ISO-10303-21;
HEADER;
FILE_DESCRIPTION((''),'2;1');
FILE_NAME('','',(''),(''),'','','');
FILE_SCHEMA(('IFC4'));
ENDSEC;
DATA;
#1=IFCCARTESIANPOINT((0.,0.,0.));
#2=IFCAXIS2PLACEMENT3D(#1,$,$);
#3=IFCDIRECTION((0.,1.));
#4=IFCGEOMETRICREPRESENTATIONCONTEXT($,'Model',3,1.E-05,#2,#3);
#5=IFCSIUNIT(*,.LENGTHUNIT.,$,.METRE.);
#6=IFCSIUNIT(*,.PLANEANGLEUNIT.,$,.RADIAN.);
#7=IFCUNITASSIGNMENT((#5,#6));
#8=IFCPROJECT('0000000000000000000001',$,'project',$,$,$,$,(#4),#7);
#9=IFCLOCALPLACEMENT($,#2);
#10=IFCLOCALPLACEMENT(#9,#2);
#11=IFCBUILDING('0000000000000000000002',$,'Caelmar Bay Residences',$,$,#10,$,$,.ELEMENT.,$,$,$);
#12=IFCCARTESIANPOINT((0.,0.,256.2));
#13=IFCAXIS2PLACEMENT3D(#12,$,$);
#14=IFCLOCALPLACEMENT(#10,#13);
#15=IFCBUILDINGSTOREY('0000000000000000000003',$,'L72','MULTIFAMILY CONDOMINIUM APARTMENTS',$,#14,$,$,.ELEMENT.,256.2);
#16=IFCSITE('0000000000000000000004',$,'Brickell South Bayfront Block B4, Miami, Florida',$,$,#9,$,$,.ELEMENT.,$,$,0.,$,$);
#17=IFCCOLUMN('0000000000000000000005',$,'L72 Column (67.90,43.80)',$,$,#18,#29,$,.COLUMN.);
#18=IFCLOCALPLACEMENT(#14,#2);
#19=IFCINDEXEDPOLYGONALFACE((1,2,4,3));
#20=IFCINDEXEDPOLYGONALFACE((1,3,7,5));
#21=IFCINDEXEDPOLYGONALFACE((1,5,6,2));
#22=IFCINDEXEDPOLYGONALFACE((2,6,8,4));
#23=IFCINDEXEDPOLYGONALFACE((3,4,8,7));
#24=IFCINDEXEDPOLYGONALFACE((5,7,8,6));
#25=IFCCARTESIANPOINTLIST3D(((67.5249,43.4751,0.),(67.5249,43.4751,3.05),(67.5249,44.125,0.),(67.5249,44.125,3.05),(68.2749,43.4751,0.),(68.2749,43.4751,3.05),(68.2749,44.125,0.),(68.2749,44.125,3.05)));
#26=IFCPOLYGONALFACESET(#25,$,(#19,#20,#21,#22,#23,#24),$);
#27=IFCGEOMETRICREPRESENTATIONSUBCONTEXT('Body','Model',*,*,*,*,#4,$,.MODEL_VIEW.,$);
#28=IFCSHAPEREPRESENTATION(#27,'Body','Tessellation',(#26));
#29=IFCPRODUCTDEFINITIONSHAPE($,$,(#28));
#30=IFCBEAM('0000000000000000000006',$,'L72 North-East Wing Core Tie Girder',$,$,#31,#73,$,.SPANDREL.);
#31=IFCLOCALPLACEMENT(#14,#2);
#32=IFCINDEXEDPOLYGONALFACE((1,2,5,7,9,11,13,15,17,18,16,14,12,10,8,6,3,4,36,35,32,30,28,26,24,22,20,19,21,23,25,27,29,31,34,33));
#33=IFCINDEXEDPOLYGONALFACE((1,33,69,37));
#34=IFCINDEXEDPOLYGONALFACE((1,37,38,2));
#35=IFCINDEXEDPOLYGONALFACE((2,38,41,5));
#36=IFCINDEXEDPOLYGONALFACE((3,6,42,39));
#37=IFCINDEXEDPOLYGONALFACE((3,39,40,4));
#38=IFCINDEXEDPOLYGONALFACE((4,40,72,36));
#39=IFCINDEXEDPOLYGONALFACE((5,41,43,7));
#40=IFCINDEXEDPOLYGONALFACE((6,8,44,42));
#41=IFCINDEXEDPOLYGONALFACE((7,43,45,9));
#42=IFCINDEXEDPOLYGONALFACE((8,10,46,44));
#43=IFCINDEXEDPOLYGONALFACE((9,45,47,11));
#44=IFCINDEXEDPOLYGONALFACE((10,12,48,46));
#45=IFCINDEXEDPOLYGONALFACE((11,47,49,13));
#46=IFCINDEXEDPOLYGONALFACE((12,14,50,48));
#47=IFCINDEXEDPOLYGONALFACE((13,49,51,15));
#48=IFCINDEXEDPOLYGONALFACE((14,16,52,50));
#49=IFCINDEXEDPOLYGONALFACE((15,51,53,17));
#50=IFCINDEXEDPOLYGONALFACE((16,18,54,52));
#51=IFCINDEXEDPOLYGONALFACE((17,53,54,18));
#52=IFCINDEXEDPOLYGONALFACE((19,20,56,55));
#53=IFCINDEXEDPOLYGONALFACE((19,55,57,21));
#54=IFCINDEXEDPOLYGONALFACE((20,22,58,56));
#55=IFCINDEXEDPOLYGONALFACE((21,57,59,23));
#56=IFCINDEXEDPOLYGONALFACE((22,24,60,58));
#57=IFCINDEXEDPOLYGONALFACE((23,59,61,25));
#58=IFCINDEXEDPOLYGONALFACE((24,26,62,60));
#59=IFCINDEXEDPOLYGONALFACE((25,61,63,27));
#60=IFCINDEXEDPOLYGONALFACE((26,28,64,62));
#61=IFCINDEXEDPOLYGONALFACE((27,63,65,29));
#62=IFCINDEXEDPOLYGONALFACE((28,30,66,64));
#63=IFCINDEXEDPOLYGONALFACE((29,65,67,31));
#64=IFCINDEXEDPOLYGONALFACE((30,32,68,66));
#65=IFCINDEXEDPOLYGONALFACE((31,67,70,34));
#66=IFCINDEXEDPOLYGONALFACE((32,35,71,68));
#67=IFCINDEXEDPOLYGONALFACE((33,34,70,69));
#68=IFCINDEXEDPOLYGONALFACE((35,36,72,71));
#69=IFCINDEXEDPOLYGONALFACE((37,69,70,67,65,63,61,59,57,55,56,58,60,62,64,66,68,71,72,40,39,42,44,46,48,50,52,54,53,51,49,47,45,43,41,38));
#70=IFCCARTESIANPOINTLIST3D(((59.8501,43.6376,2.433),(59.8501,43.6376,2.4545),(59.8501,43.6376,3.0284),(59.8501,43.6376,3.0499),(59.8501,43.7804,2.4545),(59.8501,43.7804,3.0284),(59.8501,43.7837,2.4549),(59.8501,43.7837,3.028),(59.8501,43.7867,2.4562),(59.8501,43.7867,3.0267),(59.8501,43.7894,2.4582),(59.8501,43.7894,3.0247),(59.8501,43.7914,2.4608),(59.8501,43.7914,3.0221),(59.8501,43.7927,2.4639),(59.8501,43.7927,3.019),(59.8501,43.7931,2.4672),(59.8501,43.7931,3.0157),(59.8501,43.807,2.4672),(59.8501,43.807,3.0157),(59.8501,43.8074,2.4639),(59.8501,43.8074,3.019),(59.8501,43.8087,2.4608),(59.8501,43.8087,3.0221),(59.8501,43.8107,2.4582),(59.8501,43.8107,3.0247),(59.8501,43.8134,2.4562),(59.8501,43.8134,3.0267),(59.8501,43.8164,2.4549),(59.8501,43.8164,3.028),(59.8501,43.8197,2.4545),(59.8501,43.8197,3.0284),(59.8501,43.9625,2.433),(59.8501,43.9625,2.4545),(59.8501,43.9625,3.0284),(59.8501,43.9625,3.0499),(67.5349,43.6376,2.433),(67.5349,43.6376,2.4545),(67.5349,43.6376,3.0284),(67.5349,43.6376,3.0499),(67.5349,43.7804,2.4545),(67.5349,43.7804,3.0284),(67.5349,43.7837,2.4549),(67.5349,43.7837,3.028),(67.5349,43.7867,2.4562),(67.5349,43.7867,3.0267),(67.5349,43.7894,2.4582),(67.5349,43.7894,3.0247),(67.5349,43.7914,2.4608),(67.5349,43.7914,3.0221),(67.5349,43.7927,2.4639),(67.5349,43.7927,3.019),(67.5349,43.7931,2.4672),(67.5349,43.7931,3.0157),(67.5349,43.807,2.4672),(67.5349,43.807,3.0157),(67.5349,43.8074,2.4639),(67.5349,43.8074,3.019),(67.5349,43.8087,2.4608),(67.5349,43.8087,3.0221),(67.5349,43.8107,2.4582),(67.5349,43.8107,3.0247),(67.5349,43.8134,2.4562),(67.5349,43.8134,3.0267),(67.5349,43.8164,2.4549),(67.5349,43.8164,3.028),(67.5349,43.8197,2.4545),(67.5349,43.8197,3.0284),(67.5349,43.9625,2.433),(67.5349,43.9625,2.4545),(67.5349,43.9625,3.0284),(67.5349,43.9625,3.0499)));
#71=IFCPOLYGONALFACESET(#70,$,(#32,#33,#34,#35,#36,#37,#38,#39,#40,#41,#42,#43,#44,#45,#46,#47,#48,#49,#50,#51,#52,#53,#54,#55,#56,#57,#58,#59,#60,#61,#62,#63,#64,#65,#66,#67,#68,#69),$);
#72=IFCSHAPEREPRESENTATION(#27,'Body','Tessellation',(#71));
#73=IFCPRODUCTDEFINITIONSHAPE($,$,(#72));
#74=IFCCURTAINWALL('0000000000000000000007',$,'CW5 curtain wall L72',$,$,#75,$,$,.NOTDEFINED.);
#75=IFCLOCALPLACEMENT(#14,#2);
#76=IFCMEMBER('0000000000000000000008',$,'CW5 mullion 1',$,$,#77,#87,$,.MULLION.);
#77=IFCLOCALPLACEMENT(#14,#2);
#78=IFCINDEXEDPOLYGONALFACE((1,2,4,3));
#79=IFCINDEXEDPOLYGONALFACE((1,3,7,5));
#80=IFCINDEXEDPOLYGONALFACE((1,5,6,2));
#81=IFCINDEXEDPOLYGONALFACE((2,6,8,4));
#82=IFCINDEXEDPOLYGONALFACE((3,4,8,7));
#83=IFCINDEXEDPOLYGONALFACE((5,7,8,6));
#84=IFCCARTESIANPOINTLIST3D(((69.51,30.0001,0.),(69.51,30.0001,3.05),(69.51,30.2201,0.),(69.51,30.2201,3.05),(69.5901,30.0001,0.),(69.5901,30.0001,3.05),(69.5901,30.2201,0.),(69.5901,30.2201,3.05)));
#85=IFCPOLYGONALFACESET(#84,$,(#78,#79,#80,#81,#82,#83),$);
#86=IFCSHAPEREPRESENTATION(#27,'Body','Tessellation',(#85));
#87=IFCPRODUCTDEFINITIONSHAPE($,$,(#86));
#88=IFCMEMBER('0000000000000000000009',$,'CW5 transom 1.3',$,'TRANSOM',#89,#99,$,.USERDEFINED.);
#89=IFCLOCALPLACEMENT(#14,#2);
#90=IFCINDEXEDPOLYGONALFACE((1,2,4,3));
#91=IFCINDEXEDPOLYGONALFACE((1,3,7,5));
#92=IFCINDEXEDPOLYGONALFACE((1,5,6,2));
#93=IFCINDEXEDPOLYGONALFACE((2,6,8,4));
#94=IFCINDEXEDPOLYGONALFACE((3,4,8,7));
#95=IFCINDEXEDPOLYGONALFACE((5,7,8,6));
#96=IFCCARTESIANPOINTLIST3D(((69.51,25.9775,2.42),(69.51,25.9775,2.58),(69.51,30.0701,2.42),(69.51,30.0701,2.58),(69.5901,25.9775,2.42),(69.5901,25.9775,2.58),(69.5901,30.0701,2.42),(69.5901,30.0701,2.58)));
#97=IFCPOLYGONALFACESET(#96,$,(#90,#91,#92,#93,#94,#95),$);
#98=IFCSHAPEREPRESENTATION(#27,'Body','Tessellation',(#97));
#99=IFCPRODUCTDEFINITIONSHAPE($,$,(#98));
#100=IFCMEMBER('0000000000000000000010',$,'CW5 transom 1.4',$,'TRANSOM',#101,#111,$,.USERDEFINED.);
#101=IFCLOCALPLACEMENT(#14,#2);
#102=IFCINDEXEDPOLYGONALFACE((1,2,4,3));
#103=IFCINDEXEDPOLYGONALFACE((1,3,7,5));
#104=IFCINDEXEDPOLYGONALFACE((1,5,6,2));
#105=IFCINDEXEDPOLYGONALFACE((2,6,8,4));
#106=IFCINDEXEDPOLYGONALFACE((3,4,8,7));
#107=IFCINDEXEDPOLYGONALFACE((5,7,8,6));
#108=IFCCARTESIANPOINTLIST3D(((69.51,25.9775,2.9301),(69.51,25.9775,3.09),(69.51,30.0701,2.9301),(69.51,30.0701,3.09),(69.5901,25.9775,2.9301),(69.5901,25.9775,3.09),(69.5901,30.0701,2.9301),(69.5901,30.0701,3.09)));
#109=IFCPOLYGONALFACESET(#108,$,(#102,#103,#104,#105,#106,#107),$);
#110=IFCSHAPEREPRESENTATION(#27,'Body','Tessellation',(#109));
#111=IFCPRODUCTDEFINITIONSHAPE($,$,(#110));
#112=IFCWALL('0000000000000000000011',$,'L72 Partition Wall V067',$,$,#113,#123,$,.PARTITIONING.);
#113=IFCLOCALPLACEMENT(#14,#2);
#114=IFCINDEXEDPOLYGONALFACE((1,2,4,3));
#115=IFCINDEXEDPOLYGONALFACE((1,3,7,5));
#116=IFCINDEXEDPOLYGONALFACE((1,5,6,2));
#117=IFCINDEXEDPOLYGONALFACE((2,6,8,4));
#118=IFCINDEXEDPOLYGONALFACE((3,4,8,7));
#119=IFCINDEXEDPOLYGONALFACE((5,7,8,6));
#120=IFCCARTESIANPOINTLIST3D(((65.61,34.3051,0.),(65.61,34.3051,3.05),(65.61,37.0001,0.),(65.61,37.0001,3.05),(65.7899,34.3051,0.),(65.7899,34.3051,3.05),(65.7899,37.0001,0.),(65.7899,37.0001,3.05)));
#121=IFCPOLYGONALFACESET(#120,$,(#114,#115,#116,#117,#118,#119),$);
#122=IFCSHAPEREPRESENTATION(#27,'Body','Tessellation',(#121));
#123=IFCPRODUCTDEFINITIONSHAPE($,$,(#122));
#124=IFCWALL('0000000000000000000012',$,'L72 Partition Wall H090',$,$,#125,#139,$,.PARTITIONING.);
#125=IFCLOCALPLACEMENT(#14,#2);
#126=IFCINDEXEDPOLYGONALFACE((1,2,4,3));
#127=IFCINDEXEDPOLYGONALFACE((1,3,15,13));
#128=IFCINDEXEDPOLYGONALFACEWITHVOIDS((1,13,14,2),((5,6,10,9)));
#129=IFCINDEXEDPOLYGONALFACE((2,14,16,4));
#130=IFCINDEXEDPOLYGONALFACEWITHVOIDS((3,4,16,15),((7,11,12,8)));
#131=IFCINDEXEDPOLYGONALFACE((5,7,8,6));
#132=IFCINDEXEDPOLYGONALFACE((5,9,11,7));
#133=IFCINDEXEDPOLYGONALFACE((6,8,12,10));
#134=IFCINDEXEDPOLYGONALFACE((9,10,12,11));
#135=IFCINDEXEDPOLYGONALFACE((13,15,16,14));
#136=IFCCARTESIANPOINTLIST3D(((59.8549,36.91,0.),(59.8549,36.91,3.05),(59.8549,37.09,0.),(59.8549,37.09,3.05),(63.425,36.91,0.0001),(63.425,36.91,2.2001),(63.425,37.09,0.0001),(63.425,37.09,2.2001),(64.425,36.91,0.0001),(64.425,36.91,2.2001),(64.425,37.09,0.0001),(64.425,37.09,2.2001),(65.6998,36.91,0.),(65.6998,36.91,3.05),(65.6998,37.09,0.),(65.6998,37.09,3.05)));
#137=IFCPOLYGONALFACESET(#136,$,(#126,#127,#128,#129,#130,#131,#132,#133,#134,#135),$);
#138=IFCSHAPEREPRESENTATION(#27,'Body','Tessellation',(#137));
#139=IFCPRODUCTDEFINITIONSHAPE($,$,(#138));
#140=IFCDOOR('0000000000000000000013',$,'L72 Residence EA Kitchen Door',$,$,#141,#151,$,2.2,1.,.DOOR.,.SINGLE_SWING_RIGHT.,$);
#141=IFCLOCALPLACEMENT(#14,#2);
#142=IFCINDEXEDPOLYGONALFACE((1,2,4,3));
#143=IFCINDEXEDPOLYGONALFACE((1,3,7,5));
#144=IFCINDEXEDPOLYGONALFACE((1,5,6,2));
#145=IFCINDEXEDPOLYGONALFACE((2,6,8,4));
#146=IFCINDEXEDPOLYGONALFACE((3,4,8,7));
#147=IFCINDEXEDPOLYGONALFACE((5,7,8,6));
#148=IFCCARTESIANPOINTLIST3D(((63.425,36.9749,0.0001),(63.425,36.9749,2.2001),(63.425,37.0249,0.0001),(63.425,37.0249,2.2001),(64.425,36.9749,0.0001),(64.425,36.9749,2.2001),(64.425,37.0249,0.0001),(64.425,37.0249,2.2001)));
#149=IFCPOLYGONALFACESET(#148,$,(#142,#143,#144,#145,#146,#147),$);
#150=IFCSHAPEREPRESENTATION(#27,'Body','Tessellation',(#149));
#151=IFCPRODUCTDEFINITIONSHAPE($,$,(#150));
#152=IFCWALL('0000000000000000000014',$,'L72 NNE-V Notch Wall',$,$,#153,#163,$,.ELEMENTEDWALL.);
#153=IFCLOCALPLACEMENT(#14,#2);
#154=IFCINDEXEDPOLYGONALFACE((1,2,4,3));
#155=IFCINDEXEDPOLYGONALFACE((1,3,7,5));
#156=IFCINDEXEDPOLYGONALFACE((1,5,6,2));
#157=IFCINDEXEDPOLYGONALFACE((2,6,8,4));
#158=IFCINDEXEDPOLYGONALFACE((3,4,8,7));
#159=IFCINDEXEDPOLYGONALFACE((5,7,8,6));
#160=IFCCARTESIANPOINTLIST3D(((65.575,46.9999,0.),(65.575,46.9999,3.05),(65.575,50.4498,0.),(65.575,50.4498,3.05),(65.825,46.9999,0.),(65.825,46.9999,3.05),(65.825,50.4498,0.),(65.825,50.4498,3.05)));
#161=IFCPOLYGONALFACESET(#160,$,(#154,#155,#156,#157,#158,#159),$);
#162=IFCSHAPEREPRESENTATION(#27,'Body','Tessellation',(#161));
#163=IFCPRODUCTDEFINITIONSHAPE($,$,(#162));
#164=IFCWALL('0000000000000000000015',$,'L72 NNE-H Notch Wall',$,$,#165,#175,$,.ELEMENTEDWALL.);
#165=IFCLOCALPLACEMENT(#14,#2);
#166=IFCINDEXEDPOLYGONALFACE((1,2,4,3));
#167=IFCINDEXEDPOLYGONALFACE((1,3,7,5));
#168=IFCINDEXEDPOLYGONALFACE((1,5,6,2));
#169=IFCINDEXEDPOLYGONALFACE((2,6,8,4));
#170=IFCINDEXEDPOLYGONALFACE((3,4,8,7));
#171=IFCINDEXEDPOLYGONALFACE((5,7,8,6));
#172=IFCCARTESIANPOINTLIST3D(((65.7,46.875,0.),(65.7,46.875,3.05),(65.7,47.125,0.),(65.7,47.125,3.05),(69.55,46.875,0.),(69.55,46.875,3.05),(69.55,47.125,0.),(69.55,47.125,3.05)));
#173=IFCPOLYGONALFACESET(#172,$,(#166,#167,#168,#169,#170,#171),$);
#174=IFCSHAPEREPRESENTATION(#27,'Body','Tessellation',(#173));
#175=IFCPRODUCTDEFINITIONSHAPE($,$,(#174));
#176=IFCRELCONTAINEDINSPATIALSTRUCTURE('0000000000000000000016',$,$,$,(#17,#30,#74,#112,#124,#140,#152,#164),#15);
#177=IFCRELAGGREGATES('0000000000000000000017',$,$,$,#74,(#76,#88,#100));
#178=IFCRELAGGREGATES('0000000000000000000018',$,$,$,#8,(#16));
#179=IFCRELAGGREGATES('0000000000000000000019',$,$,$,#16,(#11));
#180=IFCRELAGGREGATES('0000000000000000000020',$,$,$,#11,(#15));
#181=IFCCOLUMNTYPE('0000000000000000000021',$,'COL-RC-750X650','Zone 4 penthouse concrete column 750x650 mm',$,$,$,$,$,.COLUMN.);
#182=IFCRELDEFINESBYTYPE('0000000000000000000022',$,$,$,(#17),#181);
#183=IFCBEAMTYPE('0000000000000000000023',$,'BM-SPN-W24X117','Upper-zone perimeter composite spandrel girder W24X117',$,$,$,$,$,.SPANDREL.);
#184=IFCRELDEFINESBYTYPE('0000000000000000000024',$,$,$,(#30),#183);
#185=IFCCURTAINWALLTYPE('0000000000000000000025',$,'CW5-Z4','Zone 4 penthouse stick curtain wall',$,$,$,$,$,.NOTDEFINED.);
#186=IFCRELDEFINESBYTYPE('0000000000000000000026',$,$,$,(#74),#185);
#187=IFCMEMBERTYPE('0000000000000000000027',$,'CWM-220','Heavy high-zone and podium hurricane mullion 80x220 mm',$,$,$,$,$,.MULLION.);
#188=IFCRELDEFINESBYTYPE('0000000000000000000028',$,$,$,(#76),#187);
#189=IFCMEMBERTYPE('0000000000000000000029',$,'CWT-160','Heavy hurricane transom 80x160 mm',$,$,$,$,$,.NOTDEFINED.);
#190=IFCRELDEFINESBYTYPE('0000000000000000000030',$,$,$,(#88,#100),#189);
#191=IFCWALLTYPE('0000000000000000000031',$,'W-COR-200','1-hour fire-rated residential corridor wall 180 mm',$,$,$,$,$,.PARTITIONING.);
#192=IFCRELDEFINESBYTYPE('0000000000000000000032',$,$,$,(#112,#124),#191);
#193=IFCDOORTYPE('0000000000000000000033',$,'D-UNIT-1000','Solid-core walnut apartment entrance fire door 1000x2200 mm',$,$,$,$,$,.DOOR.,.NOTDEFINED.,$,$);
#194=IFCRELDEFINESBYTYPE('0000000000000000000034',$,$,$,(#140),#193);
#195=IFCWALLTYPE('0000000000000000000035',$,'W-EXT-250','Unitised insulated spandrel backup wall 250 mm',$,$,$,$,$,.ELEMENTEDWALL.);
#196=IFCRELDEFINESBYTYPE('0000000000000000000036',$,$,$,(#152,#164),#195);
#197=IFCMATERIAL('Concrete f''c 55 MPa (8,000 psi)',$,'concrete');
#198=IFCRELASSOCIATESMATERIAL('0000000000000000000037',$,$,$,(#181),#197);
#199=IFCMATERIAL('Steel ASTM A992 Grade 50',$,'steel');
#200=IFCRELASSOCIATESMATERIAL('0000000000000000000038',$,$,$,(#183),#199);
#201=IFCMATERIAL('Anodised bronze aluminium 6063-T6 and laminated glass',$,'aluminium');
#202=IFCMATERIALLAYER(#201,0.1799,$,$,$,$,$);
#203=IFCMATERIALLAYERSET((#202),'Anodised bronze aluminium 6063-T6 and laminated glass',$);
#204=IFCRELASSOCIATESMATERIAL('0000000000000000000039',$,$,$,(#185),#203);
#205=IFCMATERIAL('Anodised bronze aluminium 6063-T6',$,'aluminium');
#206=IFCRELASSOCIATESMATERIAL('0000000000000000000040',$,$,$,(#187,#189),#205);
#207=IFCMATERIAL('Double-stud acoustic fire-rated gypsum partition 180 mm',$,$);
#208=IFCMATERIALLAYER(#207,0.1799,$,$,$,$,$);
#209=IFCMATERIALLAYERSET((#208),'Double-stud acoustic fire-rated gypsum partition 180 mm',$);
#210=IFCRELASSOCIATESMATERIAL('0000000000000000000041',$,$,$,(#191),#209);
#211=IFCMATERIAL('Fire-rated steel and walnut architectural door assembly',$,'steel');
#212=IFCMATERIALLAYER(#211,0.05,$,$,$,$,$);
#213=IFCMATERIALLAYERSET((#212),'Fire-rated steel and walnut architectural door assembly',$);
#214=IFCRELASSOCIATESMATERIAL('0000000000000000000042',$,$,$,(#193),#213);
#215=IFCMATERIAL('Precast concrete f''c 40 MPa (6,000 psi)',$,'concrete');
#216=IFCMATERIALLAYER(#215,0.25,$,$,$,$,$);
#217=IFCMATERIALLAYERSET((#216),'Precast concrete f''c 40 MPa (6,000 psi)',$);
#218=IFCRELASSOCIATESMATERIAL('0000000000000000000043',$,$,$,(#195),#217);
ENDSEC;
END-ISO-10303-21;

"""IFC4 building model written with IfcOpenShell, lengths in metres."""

from ifc_helpers import new_model, si_unit, direction, frame, frame_2d, origin, origin_2d, place, context, subcontext, project, spatial, rectangle, i_section, extrude, material, layer, layer_set, material_profile, profile_set, type_object, element, fill, aggregate, save


model = new_model("IFC4")

# Units and contexts
model_context = context("Model", 3, precision=1e-05, world=origin(), true_north=direction((0.0, 1.0)))
body_context = subcontext(model_context, "Body", "Model", "MODEL_VIEW")
ifc_project = project(units=[si_unit("LENGTHUNIT", "METRE"), si_unit("PLANEANGLEUNIT", "RADIAN")], contexts=[model_context])

# Site, building, storey
site_placement = place(None, origin())
site = spatial("IfcSite", under=ifc_project, at=site_placement, Name="Brickell South Bayfront Block B4, Miami, Florida", CompositionType="ELEMENT", RefElevation=0.0)
building_placement = place(site_placement, origin())
building = spatial("IfcBuilding", under=site, at=building_placement, Name="Caelmar Bay Residences", CompositionType="ELEMENT")
storey_placement = place(building_placement, frame((0.0, 0.0, 256.2)))
storey = spatial("IfcBuildingStorey", under=building, at=storey_placement, Name="L72", Description="MULTIFAMILY CONDOMINIUM APARTMENTS", CompositionType="ELEMENT", Elevation=256.2)

# Column
ifc_material_1 = material(Name="Concrete f'c 55 MPa (8,000 psi)", Category="concrete")
ifc_material_profile_1 = material_profile(ifc_material_1, rectangle(XDim=0.75, YDim=0.6499, at=origin_2d()), Name="RC-COL-750X650")
ifc_profile_set_1 = profile_set([ifc_material_profile_1], Name="Concrete f'c 55 MPa (8,000 psi)")
column_type = type_object("IfcColumnType", Name="COL-RC-750X650", Description="Zone 4 penthouse concrete column 750x650 mm", PredefinedType="COLUMN", material=ifc_profile_set_1)
column_placement = place(storey_placement, frame((67.8999, 43.8, 0.0), z_axis=(0.0, 0.0, 1.0), x_axis=(1.0, 0.0, 0.0)))
element("IfcColumn", 1, at=column_placement, inside=storey, type_object=column_type, Name="L72 Column (67.90,43.80)", PredefinedType="COLUMN", context=body_context, shape_type="SweptSolid", body=[
    extrude(rectangle(XDim=0.75, YDim=0.6499, at=origin_2d()), origin(), (0.0, 0.0, 1.0), 3.05),
])

# Beam
ifc_material_2 = material(Name="Steel ASTM A992 Grade 50", Category="steel")
ifc_material_profile_2 = material_profile(ifc_material_2, i_section(OverallWidth=0.325, OverallDepth=0.6169, WebThickness=0.0139, FlangeThickness=0.0215, FilletRadius=0.0127, at=origin_2d()), Name="W24X117")
ifc_profile_set_2 = profile_set([ifc_material_profile_2], Name="Steel ASTM A992 Grade 50")
beam_type = type_object("IfcBeamType", Name="BM-SPN-W24X117", Description="Upper-zone perimeter composite spandrel girder W24X117", PredefinedType="SPANDREL", material=ifc_profile_set_2)
beam_placement = place(storey_placement, frame((59.8501, 43.8, 2.7415), z_axis=(1.0, 0.0, 0.0), x_axis=(0.0, 1.0, 0.0)))
element("IfcBeam", 2, at=beam_placement, inside=storey, type_object=beam_type, Name="L72 North-East Wing Core Tie Girder", PredefinedType="SPANDREL", context=body_context, shape_type="SweptSolid", body=[
    extrude(i_section(OverallWidth=0.325, OverallDepth=0.6169, WebThickness=0.0139, FlangeThickness=0.0215, FilletRadius=0.0127, at=origin_2d()), origin(), (0.0, 0.0, 1.0), 7.6848),
])

# Curtain wall, members
ifc_material_3 = material(Name="Anodised bronze aluminium 6063-T6 and laminated glass", Category="aluminium")
ifc_layer_1 = layer(ifc_material_3, 0.1799)
ifc_layer_set_1 = layer_set([ifc_layer_1], Name="Anodised bronze aluminium 6063-T6 and laminated glass")
curtain_wall_type = type_object("IfcCurtainWallType", Name="CW5-Z4", Description="Zone 4 penthouse stick curtain wall", PredefinedType="NOTDEFINED", material=ifc_layer_set_1)
curtain_wall_placement = place(storey_placement, origin())
curtain_wall = element("IfcCurtainWall", 3, at=curtain_wall_placement, inside=storey, type_object=curtain_wall_type, Name="CW5 curtain wall L72", PredefinedType="NOTDEFINED")
ifc_material_4 = material(Name="Anodised bronze aluminium 6063-T6", Category="aluminium")
ifc_material_profile_3 = material_profile(ifc_material_4, rectangle(XDim=0.0801, YDim=0.22, at=origin_2d()), Name="CWM-80X220")
ifc_profile_set_3 = profile_set([ifc_material_profile_3], Name="Anodised bronze aluminium 6063-T6")
member_type_1 = type_object("IfcMemberType", Name="CWM-220", Description="Heavy high-zone and podium hurricane mullion 80x220 mm", PredefinedType="MULLION", material=ifc_profile_set_3)
member_1_placement = place(storey_placement, frame((69.55, 30.1101, 0.0), z_axis=(0.0, 0.0, 1.0), x_axis=(1.0, 0.0, 0.0)))
member_1 = element("IfcMember", 4, at=member_1_placement, type_object=member_type_1, Name="CW5 mullion 1", PredefinedType="MULLION", context=body_context, shape_type="SweptSolid", body=[
    extrude(rectangle(XDim=0.0801, YDim=0.22, at=origin_2d()), origin(), (0.0, 0.0, 1.0), 3.05),
])
ifc_material_profile_4 = material_profile(ifc_material_4, rectangle(XDim=0.0801, YDim=0.1599, at=origin_2d()), Name="CWT-80X160")
ifc_profile_set_4 = profile_set([ifc_material_profile_4], Name="Anodised bronze aluminium 6063-T6")
member_type_2 = type_object("IfcMemberType", Name="CWT-160", Description="Heavy hurricane transom 80x160 mm", PredefinedType="NOTDEFINED", material=ifc_profile_set_4)
member_2_placement = place(storey_placement, frame((69.55, 30.0701, 2.5), z_axis=(0.0, -1.0, 0.0), x_axis=(1.0, 0.0, 0.0)))
member_2 = element("IfcMember", 5, at=member_2_placement, type_object=member_type_2, Name="CW5 transom 1.3", ObjectType="TRANSOM", PredefinedType="USERDEFINED", context=body_context, shape_type="SweptSolid", body=[
    extrude(rectangle(XDim=0.0801, YDim=0.1599, at=origin_2d()), origin(), (0.0, 0.0, 1.0), 4.0925),
])
member_3_placement = place(storey_placement, frame((69.55, 30.0701, 3.01), z_axis=(0.0, -1.0, 0.0), x_axis=(1.0, 0.0, 0.0)))
member_3 = element("IfcMember", 6, at=member_3_placement, type_object=member_type_2, Name="CW5 transom 1.4", ObjectType="TRANSOM", PredefinedType="USERDEFINED", context=body_context, shape_type="SweptSolid", body=[
    extrude(rectangle(XDim=0.0801, YDim=0.1599, at=origin_2d()), origin(), (0.0, 0.0, 1.0), 4.0925),
])
aggregate(curtain_wall, [member_1, member_2, member_3])

# Wall
ifc_material_5 = material(Name="Double-stud acoustic fire-rated gypsum partition 180 mm")
ifc_layer_2 = layer(ifc_material_5, 0.1799)
ifc_layer_set_2 = layer_set([ifc_layer_2], Name="Double-stud acoustic fire-rated gypsum partition 180 mm")
wall_type_1 = type_object("IfcWallType", Name="W-COR-200", Description="1-hour fire-rated residential corridor wall 180 mm", PredefinedType="PARTITIONING", material=ifc_layer_set_2)
wall_1_placement = place(storey_placement, frame((65.7, 34.3049, 0.0), z_axis=(0.0, 0.0, 1.0), x_axis=(0.0, 1.0, 0.0)))
element("IfcWall", 7, at=wall_1_placement, inside=storey, type_object=wall_type_1, Name="L72 Partition Wall V067", PredefinedType="PARTITIONING", context=body_context, shape_type="SweptSolid", body=[
    extrude(rectangle(XDim=2.6951, YDim=0.1799, at=frame_2d((1.3477, 0.0))), origin(), (0.0, 0.0, 1.0), 3.05),
])

# Wall, opening, door
wall_2_placement = place(storey_placement, frame((59.855, 37.0, 0.0), z_axis=(0.0, 0.0, 1.0), x_axis=(1.0, 0.0, 0.0)))
wall_2 = element("IfcWall", 8, at=wall_2_placement, inside=storey, type_object=wall_type_1, Name="L72 Partition Wall H090", PredefinedType="PARTITIONING", context=body_context, shape_type="SweptSolid", body=[
    extrude(rectangle(XDim=5.845, YDim=0.1799, at=frame_2d((2.9224, 0.0))), origin(), (0.0, 0.0, 1.0), 3.05),
])
opening_1_placement = place(wall_2_placement, frame((3.5701, 0.0, 0.0)))
opening_1 = element("IfcOpeningElement", 9, at=opening_1_placement, cuts=wall_2, PredefinedType="OPENING", context=body_context, shape_type="SweptSolid", body=[
    extrude(rectangle(XDim=1.0, YDim=2.2, at=frame_2d((0.5, 1.1001))), frame((0.0, 0.0999, 0.0), z_axis=(0.0, -1.0, 0.0), x_axis=(1.0, 0.0, 0.0)), (0.0, 0.0, 1.0), 0.2),
])
ifc_material_6 = material(Name="Fire-rated steel and walnut architectural door assembly", Category="steel")
ifc_layer_3 = layer(ifc_material_6, 0.05)
ifc_layer_set_3 = layer_set([ifc_layer_3], Name="Fire-rated steel and walnut architectural door assembly")
door_type_1 = type_object("IfcDoorType", Name="D-UNIT-1000", Description="Solid-core walnut apartment entrance fire door 1000x2200 mm", OperationType="NOTDEFINED", PredefinedType="DOOR", material=ifc_layer_set_3)
door_1_placement = place(opening_1_placement, origin())
door_1 = element("IfcDoor", 10, at=door_1_placement, inside=storey, type_object=door_type_1, Name="L72 Residence EA Kitchen Door", OperationType="SINGLE_SWING_RIGHT", OverallHeight=2.2, OverallWidth=1.0, PredefinedType="DOOR", context=body_context, shape_type="SweptSolid", body=[
    extrude(rectangle(XDim=1.0, YDim=2.2, at=frame_2d((0.5, 1.1001))), frame((0.0, 0.0249, 0.0), z_axis=(0.0, -1.0, 0.0), x_axis=(1.0, 0.0, 0.0)), (0.0, 0.0, 1.0), 0.05),
])
fill(opening_1, door_1)

# Walls
ifc_material_7 = material(Name="Precast concrete f'c 40 MPa (6,000 psi)", Category="concrete")
ifc_layer_4 = layer(ifc_material_7, 0.25)
ifc_layer_set_4 = layer_set([ifc_layer_4], Name="Precast concrete f'c 40 MPa (6,000 psi)")
wall_type_2 = type_object("IfcWallType", Name="W-EXT-250", Description="Unitised insulated spandrel backup wall 250 mm", PredefinedType="ELEMENTEDWALL", material=ifc_layer_set_4)
wall_3_placement = place(storey_placement, frame((65.7, 50.45, 0.0), z_axis=(0.0, 0.0, 1.0), x_axis=(0.0, -1.0, 0.0)))
element("IfcWall", 11, at=wall_3_placement, inside=storey, type_object=wall_type_2, Name="L72 NNE-V Notch Wall", PredefinedType="ELEMENTEDWALL", context=body_context, shape_type="SweptSolid", body=[
    extrude(rectangle(XDim=3.45, YDim=0.25, at=frame_2d((1.7251, 0.0))), origin(), (0.0, 0.0, 1.0), 3.05),
])
wall_4_placement = place(storey_placement, frame((65.7, 47.0, 0.0), z_axis=(0.0, 0.0, 1.0), x_axis=(1.0, 0.0, 0.0)))
element("IfcWall", 12, at=wall_4_placement, inside=storey, type_object=wall_type_2, Name="L72 NNE-H Notch Wall", PredefinedType="ELEMENTEDWALL", context=body_context, shape_type="SweptSolid", body=[
    extrude(rectangle(XDim=3.8501, YDim=0.25, at=frame_2d((1.925, 0.0))), origin(), (0.0, 0.0, 1.0), 3.05),
])

save(model, "model.ifc")
